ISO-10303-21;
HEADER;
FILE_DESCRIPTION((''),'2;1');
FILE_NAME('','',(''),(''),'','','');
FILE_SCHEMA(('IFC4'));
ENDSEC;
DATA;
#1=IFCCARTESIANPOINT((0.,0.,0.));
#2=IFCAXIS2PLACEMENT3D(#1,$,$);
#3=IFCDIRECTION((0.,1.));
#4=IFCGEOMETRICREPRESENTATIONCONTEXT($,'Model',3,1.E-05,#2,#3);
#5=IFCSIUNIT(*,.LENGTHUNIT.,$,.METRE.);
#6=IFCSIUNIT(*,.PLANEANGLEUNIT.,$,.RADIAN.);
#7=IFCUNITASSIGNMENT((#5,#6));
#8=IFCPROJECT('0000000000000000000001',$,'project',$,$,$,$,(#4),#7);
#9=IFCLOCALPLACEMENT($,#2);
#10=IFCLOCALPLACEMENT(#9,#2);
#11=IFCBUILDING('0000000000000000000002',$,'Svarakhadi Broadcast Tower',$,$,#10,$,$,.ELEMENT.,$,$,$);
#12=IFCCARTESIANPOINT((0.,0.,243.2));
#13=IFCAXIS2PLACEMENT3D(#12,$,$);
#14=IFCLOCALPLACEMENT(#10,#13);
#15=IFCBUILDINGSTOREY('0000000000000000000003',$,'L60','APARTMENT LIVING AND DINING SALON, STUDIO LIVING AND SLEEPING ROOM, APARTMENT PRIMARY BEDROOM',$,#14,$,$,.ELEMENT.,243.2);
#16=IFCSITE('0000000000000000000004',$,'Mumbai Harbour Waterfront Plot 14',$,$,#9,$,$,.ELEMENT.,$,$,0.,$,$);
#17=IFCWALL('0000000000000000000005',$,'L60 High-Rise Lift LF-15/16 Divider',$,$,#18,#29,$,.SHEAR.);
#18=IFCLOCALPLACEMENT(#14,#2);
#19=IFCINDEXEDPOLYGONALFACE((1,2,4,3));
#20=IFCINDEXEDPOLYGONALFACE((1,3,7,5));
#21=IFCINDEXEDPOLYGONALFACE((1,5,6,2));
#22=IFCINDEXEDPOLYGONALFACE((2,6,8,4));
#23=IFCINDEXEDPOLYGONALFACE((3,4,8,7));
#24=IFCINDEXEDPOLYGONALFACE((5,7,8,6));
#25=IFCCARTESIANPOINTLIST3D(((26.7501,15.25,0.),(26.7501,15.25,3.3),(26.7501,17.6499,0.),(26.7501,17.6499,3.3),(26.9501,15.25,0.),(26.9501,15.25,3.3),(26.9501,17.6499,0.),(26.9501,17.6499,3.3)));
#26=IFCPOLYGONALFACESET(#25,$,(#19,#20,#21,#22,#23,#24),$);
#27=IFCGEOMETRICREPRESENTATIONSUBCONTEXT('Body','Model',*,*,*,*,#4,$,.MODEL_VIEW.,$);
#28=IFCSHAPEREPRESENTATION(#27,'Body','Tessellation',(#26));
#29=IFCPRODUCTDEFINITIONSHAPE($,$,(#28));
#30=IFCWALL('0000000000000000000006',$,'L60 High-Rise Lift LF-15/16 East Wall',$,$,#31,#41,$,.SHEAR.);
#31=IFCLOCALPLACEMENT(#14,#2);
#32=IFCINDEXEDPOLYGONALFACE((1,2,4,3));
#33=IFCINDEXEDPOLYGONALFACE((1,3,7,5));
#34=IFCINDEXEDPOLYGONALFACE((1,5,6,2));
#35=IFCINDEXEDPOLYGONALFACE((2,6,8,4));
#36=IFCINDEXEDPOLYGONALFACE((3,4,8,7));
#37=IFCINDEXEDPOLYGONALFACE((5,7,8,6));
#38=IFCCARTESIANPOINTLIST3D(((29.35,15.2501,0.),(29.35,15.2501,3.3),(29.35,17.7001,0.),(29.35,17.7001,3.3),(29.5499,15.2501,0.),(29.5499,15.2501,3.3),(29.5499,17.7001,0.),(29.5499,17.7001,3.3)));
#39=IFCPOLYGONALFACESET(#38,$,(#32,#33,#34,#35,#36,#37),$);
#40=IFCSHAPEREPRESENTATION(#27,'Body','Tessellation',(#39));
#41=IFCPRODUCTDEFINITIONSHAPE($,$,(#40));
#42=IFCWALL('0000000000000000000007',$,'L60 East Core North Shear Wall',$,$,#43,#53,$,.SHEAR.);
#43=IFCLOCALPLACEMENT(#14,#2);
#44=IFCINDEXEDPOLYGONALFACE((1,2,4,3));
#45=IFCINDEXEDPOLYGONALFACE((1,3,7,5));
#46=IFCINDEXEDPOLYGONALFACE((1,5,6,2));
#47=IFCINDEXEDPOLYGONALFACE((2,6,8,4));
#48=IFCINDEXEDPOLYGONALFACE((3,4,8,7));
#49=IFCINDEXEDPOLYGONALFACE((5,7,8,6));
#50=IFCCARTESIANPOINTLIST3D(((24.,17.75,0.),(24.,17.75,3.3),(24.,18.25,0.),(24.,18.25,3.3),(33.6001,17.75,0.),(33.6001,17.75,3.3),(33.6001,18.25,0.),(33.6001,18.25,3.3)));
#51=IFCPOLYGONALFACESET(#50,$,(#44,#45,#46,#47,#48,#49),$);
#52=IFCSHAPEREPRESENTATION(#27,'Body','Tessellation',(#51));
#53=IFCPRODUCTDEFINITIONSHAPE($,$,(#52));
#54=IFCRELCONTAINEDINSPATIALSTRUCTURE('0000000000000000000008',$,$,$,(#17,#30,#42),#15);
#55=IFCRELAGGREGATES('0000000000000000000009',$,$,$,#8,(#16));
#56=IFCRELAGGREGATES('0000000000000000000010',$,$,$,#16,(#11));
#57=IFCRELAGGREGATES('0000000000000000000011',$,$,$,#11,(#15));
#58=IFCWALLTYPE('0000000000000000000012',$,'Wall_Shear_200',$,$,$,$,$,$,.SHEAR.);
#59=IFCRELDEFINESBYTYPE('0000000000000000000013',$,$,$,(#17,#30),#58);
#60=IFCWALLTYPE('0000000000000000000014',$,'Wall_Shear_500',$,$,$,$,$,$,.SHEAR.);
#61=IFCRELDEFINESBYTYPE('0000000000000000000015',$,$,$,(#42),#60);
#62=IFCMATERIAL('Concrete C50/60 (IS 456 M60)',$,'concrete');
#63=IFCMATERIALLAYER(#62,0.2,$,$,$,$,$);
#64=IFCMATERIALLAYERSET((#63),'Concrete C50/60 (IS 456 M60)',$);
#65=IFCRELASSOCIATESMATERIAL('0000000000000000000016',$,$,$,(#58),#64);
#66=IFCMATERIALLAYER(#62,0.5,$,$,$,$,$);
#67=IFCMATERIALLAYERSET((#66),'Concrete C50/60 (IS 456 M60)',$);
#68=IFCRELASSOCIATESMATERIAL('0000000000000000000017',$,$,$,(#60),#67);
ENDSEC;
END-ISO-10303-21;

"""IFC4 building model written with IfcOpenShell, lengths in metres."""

from ifc_helpers import new_model, si_unit, direction, frame, frame_2d, origin, place, context, subcontext, project, spatial, rectangle, extrude, material, layer, layer_set, type_object, element, save


model = new_model("IFC4")

# Units and contexts
model_context = context("Model", 3, precision=1e-05, world=origin(), true_north=direction((0.0, 1.0)))
body_context = subcontext(model_context, "Body", "Model", "MODEL_VIEW")
ifc_project = project(units=[si_unit("LENGTHUNIT", "METRE"), si_unit("PLANEANGLEUNIT", "RADIAN")], contexts=[model_context])

# Site, building, storey
site_placement = place(None, origin())
site = spatial("IfcSite", under=ifc_project, at=site_placement, Name="Mumbai Harbour Waterfront Plot 14", CompositionType="ELEMENT", RefElevation=0.0)
building_placement = place(site_placement, origin())
building = spatial("IfcBuilding", under=site, at=building_placement, Name="Svarakhadi Broadcast Tower", CompositionType="ELEMENT")
storey_placement = place(building_placement, frame((0.0, 0.0, 243.2)))
storey = spatial("IfcBuildingStorey", under=building, at=storey_placement, Name="L60", Description="APARTMENT LIVING AND DINING SALON, STUDIO LIVING AND SLEEPING ROOM, APARTMENT PRIMARY BEDROOM", CompositionType="ELEMENT", Elevation=243.2)

# Shared definitions
ifc_material_1 = material(Name="Concrete C50/60 (IS 456 M60)", Category="concrete")

# Shared definitions
ifc_layer_1 = layer(ifc_material_1, 0.2)
ifc_layer_set_1 = layer_set([ifc_layer_1], Name="Concrete C50/60 (IS 456 M60)")
wall_type_1 = type_object("IfcWallType", Name="Wall_Shear_200", PredefinedType="SHEAR", material=ifc_layer_set_1)

# Walls
wall_1_placement = place(storey_placement, frame((26.8501, 15.25, 0.0), z_axis=(0.0, 0.0, 1.0), x_axis=(0.0, 1.0, 0.0)))
element("IfcWall", 1, at=wall_1_placement, inside=storey, type_object=wall_type_1, Name="L60 High-Rise Lift LF-15/16 Divider", PredefinedType="SHEAR", context=body_context, shape_type="SweptSolid", body=[
    extrude(rectangle(XDim=2.3999, YDim=0.2, at=frame_2d((1.2, 0.0))), origin(), (0.0, 0.0, 1.0), 3.3),
])
wall_2_placement = place(storey_placement, frame((29.45, 15.25, 0.0), z_axis=(0.0, 0.0, 1.0), x_axis=(0.0, 1.0, 0.0)))
element("IfcWall", 2, at=wall_2_placement, inside=storey, type_object=wall_type_1, Name="L60 High-Rise Lift LF-15/16 East Wall", PredefinedType="SHEAR", context=body_context, shape_type="SweptSolid", body=[
    extrude(rectangle(XDim=2.45, YDim=0.2, at=frame_2d((1.2251, 0.0))), origin(), (0.0, 0.0, 1.0), 3.3),
])
ifc_layer_2 = layer(ifc_material_1, 0.5)
ifc_layer_set_2 = layer_set([ifc_layer_2], Name="Concrete C50/60 (IS 456 M60)")
wall_type_2 = type_object("IfcWallType", Name="Wall_Shear_500", PredefinedType="SHEAR", material=ifc_layer_set_2)
wall_3_placement = place(storey_placement, frame((24.0, 18.0, 0.0), z_axis=(0.0, 0.0, 1.0), x_axis=(1.0, 0.0, 0.0)))
element("IfcWall", 3, at=wall_3_placement, inside=storey, type_object=wall_type_2, Name="L60 East Core North Shear Wall", PredefinedType="SHEAR", context=body_context, shape_type="SweptSolid", body=[
    extrude(rectangle(XDim=9.6001, YDim=0.5, at=frame_2d((4.8, 0.0))), origin(), (0.0, 0.0, 1.0), 3.3),
])

save(model, "model.ifc")
